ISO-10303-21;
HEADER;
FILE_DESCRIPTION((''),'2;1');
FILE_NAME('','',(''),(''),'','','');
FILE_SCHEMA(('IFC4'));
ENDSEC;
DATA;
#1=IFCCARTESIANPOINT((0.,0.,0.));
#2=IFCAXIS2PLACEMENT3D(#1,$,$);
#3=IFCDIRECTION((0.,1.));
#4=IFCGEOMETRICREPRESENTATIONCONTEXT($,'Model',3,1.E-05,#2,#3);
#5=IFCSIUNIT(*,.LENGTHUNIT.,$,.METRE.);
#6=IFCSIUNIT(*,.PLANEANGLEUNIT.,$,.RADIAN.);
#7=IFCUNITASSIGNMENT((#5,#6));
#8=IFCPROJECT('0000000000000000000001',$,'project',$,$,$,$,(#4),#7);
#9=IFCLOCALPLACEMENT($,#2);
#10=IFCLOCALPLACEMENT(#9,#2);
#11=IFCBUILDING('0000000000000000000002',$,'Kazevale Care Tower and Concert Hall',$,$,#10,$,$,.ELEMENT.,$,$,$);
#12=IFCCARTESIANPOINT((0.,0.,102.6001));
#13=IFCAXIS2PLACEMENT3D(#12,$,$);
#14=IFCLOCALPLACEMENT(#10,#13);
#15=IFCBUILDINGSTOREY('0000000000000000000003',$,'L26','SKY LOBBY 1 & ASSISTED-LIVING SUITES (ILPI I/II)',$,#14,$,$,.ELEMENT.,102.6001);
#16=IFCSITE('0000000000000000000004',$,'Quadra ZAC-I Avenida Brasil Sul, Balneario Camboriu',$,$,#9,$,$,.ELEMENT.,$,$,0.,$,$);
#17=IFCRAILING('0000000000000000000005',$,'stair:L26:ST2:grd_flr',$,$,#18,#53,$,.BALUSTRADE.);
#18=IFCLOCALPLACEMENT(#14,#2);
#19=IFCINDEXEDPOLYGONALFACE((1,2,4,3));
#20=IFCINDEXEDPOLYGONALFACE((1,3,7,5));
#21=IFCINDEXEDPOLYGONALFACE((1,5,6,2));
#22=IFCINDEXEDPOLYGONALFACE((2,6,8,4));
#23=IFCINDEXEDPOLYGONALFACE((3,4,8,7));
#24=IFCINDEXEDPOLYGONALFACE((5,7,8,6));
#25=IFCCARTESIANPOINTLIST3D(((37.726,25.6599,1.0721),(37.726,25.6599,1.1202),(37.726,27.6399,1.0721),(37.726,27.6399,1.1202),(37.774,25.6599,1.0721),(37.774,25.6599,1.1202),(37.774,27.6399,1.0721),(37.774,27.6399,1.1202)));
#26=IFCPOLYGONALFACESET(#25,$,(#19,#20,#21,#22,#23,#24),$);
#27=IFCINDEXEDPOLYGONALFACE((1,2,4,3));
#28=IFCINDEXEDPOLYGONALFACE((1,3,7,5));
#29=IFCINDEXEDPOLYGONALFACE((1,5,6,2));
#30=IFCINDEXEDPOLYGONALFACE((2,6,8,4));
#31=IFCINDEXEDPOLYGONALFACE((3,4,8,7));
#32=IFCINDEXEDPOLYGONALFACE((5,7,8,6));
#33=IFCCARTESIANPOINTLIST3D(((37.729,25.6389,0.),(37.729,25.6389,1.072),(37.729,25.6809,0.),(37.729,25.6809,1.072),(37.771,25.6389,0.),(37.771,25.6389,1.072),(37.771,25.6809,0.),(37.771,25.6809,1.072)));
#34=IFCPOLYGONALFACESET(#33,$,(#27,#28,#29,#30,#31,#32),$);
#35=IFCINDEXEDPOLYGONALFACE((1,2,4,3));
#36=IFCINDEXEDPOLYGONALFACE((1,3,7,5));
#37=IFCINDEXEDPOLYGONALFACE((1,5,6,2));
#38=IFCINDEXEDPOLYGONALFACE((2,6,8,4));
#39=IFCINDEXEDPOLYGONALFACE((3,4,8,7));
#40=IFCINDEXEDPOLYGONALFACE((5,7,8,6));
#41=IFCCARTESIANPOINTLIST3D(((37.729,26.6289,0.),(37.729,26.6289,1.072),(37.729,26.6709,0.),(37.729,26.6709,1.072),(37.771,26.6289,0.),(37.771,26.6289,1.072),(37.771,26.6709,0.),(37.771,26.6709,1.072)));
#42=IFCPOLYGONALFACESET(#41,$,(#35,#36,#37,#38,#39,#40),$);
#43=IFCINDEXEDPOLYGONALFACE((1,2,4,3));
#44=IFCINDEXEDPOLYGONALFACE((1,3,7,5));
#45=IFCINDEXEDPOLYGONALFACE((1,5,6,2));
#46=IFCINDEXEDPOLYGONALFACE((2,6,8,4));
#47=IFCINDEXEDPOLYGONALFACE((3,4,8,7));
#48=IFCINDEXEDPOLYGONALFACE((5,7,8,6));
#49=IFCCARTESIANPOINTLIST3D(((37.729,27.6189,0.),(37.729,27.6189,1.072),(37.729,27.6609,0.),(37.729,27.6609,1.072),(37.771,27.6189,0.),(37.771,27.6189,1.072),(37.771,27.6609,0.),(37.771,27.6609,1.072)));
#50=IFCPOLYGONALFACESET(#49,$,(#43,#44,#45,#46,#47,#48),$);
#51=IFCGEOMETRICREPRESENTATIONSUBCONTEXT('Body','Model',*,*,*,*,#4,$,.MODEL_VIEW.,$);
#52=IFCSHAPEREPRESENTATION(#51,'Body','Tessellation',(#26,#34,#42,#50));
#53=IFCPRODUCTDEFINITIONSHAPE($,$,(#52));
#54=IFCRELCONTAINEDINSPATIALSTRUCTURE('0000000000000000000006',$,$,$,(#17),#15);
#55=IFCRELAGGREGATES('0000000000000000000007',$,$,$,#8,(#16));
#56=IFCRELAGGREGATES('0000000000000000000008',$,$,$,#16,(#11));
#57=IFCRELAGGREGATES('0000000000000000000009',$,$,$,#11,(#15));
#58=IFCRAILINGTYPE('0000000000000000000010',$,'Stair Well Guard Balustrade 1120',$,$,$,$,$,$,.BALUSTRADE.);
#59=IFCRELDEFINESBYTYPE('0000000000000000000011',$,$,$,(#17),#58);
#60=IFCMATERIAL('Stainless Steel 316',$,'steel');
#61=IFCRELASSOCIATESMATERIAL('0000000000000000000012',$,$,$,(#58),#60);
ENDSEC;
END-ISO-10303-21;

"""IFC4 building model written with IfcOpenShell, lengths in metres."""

from ifc_helpers import new_model, si_unit, direction, frame, origin, origin_2d, place, context, subcontext, project, spatial, rectangle, extrude, material, type_object, element, save


model = new_model("IFC4")

# Units and contexts
model_context = context("Model", 3, precision=1e-05, world=origin(), true_north=direction((0.0, 1.0)))
body_context = subcontext(model_context, "Body", "Model", "MODEL_VIEW")
ifc_project = project(units=[si_unit("LENGTHUNIT", "METRE"), si_unit("PLANEANGLEUNIT", "RADIAN")], contexts=[model_context])

# Site, building, storey
site_placement = place(None, origin())
site = spatial("IfcSite", under=ifc_project, at=site_placement, Name="Quadra ZAC-I Avenida Brasil Sul, Balneario Camboriu", CompositionType="ELEMENT", RefElevation=0.0)
building_placement = place(site_placement, origin())
building = spatial("IfcBuilding", under=site, at=building_placement, Name="Kazevale Care Tower and Concert Hall", CompositionType="ELEMENT")
storey_placement = place(building_placement, frame((0.0, 0.0, 102.6001)))
storey = spatial("IfcBuildingStorey", under=building, at=storey_placement, Name="L26", Description="SKY LOBBY 1 & ASSISTED-LIVING SUITES (ILPI I/II)", CompositionType="ELEMENT", Elevation=102.6001)

# Railing
ifc_material_1 = material(Name="Stainless Steel 316", Category="steel")
railing_type_1 = type_object("IfcRailingType", Name="Stair Well Guard Balustrade 1120", PredefinedType="BALUSTRADE", material=ifc_material_1)
for number, where, name in (
    (1, (37.75, 25.6599, 0.0), "stair:L26:ST2:grd_flr"),
):
    element("IfcRailing", number, at=place(storey_placement, frame(where)), inside=storey, type_object=railing_type_1, Name=name, PredefinedType="BALUSTRADE", context=body_context, shape_type="SweptSolid", body=[
        extrude(rectangle(XDim=0.0481, YDim=0.0481, at=origin_2d()), frame((0.0, 0.0, 1.0962), z_axis=(0.0, 1.0, 0.0), x_axis=(-1.0, 0.0, 0.0)), (0.0, 0.0, 1.0), 1.98),
        extrude(rectangle(XDim=0.042, YDim=0.042, at=origin_2d()), origin(), (0.0, 0.0, 1.0), 1.072),
        extrude(rectangle(XDim=0.042, YDim=0.042, at=origin_2d()), frame((0.0, 0.99, 0.0)), (0.0, 0.0, 1.0), 1.072),
        extrude(rectangle(XDim=0.042, YDim=0.042, at=origin_2d()), frame((0.0, 1.98, 0.0)), (0.0, 0.0, 1.0), 1.072),
    ])

save(model, "model.ifc")
